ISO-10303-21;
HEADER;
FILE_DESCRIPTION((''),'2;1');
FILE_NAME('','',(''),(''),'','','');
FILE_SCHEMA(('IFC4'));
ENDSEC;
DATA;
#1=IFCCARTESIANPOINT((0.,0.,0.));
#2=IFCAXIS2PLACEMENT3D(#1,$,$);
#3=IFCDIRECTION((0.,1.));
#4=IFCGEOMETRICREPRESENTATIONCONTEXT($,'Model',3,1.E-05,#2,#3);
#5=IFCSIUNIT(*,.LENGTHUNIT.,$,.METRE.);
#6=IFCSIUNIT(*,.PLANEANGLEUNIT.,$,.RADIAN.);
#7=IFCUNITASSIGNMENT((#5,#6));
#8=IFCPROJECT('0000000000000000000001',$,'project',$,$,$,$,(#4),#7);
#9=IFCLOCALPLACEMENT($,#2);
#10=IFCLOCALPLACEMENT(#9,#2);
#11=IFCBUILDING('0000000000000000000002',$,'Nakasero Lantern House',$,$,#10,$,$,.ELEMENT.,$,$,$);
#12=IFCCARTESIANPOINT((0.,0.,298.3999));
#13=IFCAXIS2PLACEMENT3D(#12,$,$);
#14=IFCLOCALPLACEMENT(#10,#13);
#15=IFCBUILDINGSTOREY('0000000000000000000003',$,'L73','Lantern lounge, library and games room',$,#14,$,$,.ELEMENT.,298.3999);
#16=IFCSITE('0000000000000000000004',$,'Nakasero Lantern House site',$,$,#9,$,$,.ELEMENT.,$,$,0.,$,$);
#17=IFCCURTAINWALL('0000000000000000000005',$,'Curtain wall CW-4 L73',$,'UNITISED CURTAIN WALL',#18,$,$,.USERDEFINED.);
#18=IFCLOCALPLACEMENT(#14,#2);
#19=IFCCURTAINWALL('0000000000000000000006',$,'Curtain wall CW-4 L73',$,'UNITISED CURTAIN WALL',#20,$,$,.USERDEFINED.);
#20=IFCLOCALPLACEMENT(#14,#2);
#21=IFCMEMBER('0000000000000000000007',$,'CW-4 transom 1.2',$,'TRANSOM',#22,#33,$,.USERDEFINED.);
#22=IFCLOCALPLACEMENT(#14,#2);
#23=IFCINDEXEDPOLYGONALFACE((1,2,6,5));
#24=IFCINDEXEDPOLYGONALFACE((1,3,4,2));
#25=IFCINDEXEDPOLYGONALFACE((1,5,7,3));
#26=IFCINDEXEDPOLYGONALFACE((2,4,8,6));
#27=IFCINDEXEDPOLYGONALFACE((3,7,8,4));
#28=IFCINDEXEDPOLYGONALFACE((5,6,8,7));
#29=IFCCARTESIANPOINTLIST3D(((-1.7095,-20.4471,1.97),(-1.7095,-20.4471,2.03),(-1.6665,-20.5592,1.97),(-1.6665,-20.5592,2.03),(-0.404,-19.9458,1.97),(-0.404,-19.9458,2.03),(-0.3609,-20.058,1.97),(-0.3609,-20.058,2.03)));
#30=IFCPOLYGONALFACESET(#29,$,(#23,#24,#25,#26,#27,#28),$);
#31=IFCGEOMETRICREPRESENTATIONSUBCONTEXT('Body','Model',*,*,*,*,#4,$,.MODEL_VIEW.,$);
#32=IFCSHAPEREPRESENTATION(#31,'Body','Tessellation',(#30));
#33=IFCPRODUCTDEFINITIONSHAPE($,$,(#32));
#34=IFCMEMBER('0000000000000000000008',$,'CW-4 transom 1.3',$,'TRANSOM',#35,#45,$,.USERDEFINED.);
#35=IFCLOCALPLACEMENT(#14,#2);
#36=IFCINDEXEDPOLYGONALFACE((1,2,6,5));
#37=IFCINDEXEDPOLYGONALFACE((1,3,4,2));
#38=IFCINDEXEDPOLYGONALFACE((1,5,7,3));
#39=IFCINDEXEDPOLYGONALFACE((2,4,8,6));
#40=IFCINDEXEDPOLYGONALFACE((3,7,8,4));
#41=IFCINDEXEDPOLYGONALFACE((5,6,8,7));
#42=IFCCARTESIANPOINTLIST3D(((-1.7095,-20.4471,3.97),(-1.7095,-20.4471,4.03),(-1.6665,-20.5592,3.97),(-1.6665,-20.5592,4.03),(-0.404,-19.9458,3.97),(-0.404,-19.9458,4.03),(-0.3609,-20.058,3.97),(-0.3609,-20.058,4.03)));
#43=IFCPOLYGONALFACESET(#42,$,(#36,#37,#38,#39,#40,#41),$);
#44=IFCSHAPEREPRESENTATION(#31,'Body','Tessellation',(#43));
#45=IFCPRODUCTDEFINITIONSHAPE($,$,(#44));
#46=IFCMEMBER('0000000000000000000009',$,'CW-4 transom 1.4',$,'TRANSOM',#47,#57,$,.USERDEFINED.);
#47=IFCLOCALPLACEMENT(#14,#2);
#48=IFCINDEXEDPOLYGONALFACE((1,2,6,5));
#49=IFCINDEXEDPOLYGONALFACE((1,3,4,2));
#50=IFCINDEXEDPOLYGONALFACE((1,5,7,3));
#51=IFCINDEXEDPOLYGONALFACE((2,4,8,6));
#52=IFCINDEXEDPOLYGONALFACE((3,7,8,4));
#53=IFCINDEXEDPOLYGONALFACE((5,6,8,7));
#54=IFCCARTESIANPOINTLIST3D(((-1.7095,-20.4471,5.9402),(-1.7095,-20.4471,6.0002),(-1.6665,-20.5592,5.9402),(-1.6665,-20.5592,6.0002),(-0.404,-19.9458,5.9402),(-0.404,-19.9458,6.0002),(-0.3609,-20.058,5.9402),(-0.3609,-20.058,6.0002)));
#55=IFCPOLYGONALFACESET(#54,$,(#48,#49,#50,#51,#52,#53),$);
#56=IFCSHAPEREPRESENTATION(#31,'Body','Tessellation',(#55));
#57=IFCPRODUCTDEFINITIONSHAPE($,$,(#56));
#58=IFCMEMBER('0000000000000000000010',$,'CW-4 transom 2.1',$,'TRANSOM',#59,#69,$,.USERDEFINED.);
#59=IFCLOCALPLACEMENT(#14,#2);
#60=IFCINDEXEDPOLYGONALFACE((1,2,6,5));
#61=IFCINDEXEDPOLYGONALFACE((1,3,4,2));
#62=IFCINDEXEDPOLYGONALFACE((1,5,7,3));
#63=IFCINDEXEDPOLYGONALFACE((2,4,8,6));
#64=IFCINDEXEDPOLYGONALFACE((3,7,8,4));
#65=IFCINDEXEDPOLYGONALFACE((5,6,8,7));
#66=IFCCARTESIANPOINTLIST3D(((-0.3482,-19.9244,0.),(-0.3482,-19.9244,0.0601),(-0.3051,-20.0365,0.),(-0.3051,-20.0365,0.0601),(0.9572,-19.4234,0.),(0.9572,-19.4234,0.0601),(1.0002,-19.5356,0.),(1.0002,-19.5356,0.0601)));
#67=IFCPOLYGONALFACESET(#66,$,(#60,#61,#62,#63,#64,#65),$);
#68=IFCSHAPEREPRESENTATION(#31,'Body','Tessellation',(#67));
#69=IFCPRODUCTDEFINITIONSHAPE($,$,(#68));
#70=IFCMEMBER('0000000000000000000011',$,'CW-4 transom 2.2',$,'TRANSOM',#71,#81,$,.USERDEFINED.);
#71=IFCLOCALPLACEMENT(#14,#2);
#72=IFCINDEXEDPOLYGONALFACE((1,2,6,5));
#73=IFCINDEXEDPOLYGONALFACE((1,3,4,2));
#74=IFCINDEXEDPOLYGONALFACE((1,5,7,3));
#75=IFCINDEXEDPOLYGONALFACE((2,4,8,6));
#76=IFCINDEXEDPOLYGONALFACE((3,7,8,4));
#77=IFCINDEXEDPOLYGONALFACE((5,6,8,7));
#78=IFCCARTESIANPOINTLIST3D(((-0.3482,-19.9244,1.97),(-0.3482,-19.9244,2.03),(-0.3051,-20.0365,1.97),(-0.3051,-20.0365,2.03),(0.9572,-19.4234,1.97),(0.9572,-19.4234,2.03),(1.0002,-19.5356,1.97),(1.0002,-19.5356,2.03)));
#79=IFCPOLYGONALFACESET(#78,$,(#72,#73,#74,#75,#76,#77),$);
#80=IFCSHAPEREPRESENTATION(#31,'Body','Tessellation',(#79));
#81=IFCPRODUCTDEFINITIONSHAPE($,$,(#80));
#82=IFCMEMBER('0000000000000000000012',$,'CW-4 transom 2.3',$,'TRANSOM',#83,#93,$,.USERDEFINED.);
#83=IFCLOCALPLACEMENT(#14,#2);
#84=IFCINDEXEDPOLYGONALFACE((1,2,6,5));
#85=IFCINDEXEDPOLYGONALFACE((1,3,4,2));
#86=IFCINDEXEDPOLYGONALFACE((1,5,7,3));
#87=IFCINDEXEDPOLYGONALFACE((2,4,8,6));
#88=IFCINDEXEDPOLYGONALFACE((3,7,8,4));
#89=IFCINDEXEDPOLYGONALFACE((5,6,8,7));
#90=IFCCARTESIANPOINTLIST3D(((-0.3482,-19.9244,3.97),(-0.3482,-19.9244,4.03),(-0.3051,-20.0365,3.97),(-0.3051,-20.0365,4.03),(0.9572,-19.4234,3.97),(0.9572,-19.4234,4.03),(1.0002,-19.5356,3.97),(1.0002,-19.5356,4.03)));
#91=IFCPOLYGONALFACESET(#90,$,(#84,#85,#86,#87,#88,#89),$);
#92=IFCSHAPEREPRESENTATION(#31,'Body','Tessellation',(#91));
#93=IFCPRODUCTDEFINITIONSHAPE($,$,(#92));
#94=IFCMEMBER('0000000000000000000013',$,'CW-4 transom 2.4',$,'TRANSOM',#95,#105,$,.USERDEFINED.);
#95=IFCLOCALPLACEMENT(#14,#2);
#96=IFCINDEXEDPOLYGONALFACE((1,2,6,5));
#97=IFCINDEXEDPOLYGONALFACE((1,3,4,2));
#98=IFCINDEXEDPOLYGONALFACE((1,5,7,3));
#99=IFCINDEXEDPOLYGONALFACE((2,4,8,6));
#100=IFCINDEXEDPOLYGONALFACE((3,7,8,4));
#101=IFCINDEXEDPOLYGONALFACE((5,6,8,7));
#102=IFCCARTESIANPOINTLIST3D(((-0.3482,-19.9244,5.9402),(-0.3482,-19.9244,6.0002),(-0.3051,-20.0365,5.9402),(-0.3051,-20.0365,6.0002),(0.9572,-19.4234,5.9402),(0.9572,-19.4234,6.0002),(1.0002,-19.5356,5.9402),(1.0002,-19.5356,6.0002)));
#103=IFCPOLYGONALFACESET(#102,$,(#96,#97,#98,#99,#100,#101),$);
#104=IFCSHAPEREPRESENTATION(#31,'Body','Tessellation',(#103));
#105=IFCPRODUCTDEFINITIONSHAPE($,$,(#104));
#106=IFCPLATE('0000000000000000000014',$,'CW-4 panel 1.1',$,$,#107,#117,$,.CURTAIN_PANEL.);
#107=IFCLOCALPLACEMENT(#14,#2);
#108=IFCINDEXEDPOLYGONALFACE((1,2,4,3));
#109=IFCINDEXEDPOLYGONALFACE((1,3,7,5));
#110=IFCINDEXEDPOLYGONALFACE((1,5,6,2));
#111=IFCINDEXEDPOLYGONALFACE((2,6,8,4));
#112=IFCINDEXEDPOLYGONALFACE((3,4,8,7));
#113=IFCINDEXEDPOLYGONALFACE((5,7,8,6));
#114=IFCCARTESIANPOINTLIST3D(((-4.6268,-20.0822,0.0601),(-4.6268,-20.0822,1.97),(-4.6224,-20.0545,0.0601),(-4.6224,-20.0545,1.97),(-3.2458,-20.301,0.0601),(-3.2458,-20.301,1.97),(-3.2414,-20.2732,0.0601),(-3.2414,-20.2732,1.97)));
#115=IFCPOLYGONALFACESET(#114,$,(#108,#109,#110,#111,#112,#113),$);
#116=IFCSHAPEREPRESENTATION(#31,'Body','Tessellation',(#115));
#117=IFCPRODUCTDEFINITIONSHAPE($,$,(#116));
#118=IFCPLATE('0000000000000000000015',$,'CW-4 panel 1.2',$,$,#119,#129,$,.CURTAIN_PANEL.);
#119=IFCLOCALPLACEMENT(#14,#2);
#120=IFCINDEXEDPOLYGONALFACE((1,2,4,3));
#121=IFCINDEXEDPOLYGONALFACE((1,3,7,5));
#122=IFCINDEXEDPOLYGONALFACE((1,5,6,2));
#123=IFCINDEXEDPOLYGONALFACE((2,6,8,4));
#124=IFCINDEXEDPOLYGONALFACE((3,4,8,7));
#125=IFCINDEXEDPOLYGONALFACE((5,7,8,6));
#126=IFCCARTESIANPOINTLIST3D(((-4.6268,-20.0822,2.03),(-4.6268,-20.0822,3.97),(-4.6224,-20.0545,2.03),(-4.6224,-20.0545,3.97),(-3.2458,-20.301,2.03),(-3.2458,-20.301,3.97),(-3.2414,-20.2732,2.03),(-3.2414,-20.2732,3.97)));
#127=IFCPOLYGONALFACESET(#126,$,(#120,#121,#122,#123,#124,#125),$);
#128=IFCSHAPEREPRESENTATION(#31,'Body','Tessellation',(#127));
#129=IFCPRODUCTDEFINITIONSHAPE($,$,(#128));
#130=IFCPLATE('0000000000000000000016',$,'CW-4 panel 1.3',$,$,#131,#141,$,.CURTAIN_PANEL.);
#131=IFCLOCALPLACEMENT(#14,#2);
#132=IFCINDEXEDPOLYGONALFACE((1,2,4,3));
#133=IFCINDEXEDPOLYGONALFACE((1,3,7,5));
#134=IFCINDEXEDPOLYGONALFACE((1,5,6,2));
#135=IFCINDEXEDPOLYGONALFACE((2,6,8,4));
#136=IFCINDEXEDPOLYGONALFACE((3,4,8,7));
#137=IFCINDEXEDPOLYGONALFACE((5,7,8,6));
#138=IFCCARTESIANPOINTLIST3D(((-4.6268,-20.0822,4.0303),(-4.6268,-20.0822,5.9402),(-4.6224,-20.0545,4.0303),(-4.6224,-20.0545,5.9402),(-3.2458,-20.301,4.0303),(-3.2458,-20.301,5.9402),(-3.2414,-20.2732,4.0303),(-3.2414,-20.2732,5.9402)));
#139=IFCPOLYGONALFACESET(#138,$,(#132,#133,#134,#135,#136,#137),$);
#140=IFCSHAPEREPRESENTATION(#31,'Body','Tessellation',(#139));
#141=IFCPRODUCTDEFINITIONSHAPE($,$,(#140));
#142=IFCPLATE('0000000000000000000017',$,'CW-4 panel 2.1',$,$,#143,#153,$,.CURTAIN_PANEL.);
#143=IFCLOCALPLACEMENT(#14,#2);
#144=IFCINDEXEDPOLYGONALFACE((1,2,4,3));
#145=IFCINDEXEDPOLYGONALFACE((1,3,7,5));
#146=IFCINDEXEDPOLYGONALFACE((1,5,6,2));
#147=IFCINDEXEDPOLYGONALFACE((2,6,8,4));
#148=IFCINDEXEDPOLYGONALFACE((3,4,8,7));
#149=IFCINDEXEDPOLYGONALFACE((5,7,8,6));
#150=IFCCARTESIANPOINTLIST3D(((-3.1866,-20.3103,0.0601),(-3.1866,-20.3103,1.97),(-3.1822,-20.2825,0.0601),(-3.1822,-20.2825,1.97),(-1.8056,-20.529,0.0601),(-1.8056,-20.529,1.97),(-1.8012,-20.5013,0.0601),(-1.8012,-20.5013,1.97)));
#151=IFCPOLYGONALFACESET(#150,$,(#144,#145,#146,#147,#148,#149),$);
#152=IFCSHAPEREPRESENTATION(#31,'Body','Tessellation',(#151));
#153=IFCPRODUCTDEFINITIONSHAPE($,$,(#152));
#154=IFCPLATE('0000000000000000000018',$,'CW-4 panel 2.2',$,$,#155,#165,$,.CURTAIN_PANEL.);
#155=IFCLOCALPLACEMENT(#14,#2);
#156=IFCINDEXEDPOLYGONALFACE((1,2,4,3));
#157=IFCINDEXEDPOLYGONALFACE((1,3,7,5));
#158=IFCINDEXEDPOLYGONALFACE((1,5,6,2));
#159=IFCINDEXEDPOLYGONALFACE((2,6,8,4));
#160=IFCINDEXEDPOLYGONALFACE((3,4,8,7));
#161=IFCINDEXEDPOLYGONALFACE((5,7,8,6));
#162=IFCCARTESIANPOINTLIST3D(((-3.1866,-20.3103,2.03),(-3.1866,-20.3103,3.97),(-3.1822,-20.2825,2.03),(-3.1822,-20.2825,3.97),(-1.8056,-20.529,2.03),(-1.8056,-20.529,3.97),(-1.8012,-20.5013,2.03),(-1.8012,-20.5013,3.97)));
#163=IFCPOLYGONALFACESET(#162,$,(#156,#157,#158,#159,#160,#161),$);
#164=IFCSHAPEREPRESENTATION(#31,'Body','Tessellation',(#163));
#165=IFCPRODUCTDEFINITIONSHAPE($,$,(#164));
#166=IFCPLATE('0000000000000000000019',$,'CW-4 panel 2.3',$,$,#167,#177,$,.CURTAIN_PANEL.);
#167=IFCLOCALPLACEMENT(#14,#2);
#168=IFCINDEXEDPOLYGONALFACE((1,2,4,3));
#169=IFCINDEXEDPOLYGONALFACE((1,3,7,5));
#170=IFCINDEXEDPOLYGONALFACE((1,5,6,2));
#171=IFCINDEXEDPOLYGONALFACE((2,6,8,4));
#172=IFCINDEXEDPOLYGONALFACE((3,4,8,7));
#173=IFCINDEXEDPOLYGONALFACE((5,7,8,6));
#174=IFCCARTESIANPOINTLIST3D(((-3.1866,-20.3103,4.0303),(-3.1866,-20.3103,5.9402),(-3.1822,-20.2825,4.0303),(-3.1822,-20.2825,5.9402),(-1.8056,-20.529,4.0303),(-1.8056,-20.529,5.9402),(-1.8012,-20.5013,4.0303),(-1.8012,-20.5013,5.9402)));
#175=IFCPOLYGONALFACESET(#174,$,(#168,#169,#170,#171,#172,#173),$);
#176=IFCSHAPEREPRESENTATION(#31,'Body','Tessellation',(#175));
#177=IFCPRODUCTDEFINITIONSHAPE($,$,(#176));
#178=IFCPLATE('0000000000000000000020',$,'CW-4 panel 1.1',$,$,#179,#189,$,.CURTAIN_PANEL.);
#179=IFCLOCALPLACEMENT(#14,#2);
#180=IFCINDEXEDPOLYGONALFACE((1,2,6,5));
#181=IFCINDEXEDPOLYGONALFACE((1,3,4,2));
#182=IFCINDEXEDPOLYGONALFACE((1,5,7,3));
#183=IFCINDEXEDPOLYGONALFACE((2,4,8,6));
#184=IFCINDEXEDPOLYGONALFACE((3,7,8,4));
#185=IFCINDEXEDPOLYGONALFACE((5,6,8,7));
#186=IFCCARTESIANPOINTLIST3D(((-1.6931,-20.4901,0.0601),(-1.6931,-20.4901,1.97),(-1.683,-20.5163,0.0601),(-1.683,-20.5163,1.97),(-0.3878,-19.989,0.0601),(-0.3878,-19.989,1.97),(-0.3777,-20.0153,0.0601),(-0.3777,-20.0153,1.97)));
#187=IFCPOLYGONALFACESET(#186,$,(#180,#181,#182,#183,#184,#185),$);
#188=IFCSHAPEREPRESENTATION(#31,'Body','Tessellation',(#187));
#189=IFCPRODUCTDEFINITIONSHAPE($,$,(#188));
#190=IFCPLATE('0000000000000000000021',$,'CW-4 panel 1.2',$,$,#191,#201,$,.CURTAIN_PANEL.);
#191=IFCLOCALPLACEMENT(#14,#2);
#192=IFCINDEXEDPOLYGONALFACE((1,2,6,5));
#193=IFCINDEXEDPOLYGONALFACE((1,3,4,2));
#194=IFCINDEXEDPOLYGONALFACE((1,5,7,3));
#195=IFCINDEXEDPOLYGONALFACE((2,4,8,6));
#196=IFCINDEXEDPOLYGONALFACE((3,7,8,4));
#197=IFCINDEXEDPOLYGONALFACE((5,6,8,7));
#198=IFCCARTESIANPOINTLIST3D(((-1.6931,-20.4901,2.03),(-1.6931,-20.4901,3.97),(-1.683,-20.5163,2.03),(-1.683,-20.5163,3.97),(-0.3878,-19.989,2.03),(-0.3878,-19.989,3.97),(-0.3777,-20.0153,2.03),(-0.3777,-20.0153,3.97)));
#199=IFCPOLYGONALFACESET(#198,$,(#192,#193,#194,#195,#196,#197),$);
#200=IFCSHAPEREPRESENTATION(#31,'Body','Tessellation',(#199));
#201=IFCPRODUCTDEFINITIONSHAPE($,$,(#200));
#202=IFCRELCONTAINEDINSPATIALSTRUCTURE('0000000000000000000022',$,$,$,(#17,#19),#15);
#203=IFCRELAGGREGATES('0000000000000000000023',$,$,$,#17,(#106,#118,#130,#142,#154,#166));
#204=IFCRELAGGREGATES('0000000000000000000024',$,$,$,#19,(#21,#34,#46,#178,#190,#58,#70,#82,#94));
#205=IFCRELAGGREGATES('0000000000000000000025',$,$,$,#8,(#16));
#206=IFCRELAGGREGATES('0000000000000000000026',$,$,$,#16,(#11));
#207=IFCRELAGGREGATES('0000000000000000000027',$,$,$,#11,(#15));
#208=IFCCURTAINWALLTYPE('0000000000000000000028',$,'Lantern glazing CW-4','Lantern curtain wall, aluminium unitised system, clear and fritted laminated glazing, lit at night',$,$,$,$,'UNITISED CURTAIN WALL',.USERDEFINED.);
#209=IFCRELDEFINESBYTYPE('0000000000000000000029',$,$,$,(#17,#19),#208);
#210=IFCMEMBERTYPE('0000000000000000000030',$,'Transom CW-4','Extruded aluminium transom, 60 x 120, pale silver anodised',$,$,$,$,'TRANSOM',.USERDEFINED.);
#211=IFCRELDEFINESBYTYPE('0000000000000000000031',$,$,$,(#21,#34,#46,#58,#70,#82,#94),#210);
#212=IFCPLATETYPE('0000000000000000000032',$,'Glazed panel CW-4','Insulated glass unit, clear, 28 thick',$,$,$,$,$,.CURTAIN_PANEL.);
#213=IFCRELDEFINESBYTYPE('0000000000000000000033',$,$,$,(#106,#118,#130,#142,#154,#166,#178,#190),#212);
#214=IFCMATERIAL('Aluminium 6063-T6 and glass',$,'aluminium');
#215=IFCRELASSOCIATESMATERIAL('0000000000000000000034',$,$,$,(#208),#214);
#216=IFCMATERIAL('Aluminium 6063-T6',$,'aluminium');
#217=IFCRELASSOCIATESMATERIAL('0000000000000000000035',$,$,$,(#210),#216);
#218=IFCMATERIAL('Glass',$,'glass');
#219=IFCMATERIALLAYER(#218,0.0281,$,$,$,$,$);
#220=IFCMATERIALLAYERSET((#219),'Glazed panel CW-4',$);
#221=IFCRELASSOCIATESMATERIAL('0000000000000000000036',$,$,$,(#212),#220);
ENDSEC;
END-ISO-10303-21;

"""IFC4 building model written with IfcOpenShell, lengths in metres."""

from ifc_helpers import new_model, si_unit, direction, frame, origin, origin_2d, place, context, subcontext, project, spatial, rectangle, extrude, material, layer, layer_set, material_profile, profile_set, type_object, element, aggregate, save


model = new_model("IFC4")

# Units and contexts
model_context = context("Model", 3, precision=1e-05, world=origin(), true_north=direction((0.0, 1.0)))
body_context = subcontext(model_context, "Body", "Model", "MODEL_VIEW")
ifc_project = project(units=[si_unit("LENGTHUNIT", "METRE"), si_unit("PLANEANGLEUNIT", "RADIAN")], contexts=[model_context])

# Site, building, storey
site_placement = place(None, origin())
site = spatial("IfcSite", under=ifc_project, at=site_placement, Name="Nakasero Lantern House site", CompositionType="ELEMENT", RefElevation=0.0)
building_placement = place(site_placement, origin())
building = spatial("IfcBuilding", under=site, at=building_placement, Name="Nakasero Lantern House", CompositionType="ELEMENT")
storey_placement = place(building_placement, frame((0.0, 0.0, 298.3999)))
storey = spatial("IfcBuildingStorey", under=building, at=storey_placement, Name="L73", Description="Lantern lounge, library and games room", CompositionType="ELEMENT", Elevation=298.3999)

# Curtain walls
ifc_material_1 = material(Name="Aluminium 6063-T6 and glass", Category="aluminium")
curtain_wall_type = type_object("IfcCurtainWallType", Name="Lantern glazing CW-4", Description="Lantern curtain wall, aluminium unitised system, clear and fritted laminated glazing, lit at night", ElementType="UNITISED CURTAIN WALL", PredefinedType="USERDEFINED", material=ifc_material_1)
curtain_wall_1_placement = place(storey_placement, origin())
curtain_wall_1 = element("IfcCurtainWall", 1, at=curtain_wall_1_placement, inside=storey, type_object=curtain_wall_type, Name="Curtain wall CW-4 L73", ObjectType="UNITISED CURTAIN WALL", PredefinedType="USERDEFINED")
curtain_wall_2_placement = place(storey_placement, origin())
curtain_wall_2 = element("IfcCurtainWall", 2, at=curtain_wall_2_placement, inside=storey, type_object=curtain_wall_type, Name="Curtain wall CW-4 L73", ObjectType="UNITISED CURTAIN WALL", PredefinedType="USERDEFINED")

# Members
ifc_material_2 = material(Name="Aluminium 6063-T6", Category="aluminium")
ifc_material_profile_1 = material_profile(ifc_material_2, rectangle(XDim=0.0601, YDim=0.1201, at=origin_2d()), Name="CW-4 transom 60x120")
ifc_profile_set_1 = profile_set([ifc_material_profile_1], Name="Aluminium 6063-T6")
member_type_1 = type_object("IfcMemberType", Name="Transom CW-4", Description="Extruded aluminium transom, 60 x 120, pale silver anodised", ElementType="TRANSOM", PredefinedType="USERDEFINED", material=ifc_profile_set_1)
member_1_placement = place(storey_placement, frame((-1.688, -20.5032, 2.0), z_axis=(0.933552, 0.358441, 0.0), x_axis=(0.0, 0.0, 1.0)))
member_1 = element("IfcMember", 3, at=member_1_placement, type_object=member_type_1, Name="CW-4 transom 1.2", ObjectType="TRANSOM", PredefinedType="USERDEFINED", context=body_context, shape_type="SweptSolid", body=[
    extrude(rectangle(XDim=0.0601, YDim=0.1201, at=origin_2d()), origin(), (0.0, 0.0, 1.0), 1.3984),
])
member_2_placement = place(storey_placement, frame((-1.688, -20.5032, 4.0), z_axis=(0.933552, 0.358441, 0.0), x_axis=(0.0, 0.0, 1.0)))
member_2 = element("IfcMember", 4, at=member_2_placement, type_object=member_type_1, Name="CW-4 transom 1.3", ObjectType="TRANSOM", PredefinedType="USERDEFINED", context=body_context, shape_type="SweptSolid", body=[
    extrude(rectangle(XDim=0.0601, YDim=0.1201, at=origin_2d()), origin(), (0.0, 0.0, 1.0), 1.3984),
])
member_3_placement = place(storey_placement, frame((-1.688, -20.5032, 5.9702), z_axis=(0.933552, 0.358441, 0.0), x_axis=(0.0, 0.0, 1.0)))
member_3 = element("IfcMember", 5, at=member_3_placement, type_object=member_type_1, Name="CW-4 transom 1.4", ObjectType="TRANSOM", PredefinedType="USERDEFINED", context=body_context, shape_type="SweptSolid", body=[
    extrude(rectangle(XDim=0.0601, YDim=0.1201, at=origin_2d()), origin(), (0.0, 0.0, 1.0), 1.3984),
])
member_4_placement = place(storey_placement, frame((-0.3267, -19.9805, 0.03), z_axis=(0.933611, 0.358289, 0.0), x_axis=(0.0, 0.0, 1.0)))
member_4 = element("IfcMember", 6, at=member_4_placement, type_object=member_type_1, Name="CW-4 transom 2.1", ObjectType="TRANSOM", PredefinedType="USERDEFINED", context=body_context, shape_type="SweptSolid", body=[
    extrude(rectangle(XDim=0.0601, YDim=0.1201, at=origin_2d()), origin(), (0.0, 0.0, 1.0), 1.3982),
])
member_5_placement = place(storey_placement, frame((-0.3267, -19.9805, 2.0), z_axis=(0.933611, 0.358289, 0.0), x_axis=(0.0, 0.0, 1.0)))
member_5 = element("IfcMember", 7, at=member_5_placement, type_object=member_type_1, Name="CW-4 transom 2.2", ObjectType="TRANSOM", PredefinedType="USERDEFINED", context=body_context, shape_type="SweptSolid", body=[
    extrude(rectangle(XDim=0.0601, YDim=0.1201, at=origin_2d()), origin(), (0.0, 0.0, 1.0), 1.3982),
])
member_6_placement = place(storey_placement, frame((-0.3267, -19.9805, 4.0), z_axis=(0.933611, 0.358289, 0.0), x_axis=(0.0, 0.0, 1.0)))
member_6 = element("IfcMember", 8, at=member_6_placement, type_object=member_type_1, Name="CW-4 transom 2.3", ObjectType="TRANSOM", PredefinedType="USERDEFINED", context=body_context, shape_type="SweptSolid", body=[
    extrude(rectangle(XDim=0.0601, YDim=0.1201, at=origin_2d()), origin(), (0.0, 0.0, 1.0), 1.3982),
])
member_7_placement = place(storey_placement, frame((-0.3267, -19.9805, 5.9702), z_axis=(0.933611, 0.358289, 0.0), x_axis=(0.0, 0.0, 1.0)))
member_7 = element("IfcMember", 9, at=member_7_placement, type_object=member_type_1, Name="CW-4 transom 2.4", ObjectType="TRANSOM", PredefinedType="USERDEFINED", context=body_context, shape_type="SweptSolid", body=[
    extrude(rectangle(XDim=0.0601, YDim=0.1201, at=origin_2d()), origin(), (0.0, 0.0, 1.0), 1.3982),
])

# Plates
ifc_material_3 = material(Name="Glass", Category="glass")
ifc_layer = layer(ifc_material_3, 0.0281)
ifc_layer_set = layer_set([ifc_layer], Name="Glazed panel CW-4")
plate_type = type_object("IfcPlateType", Name="Glazed panel CW-4", Description="Insulated glass unit, clear, 28 thick", PredefinedType="CURTAIN_PANEL", material=ifc_layer_set)
plate_1_placement = place(storey_placement, frame((-3.9341, -20.1777, 0.0601), z_axis=(0.0, 0.0, 1.0), x_axis=(0.987688, -0.156434, 0.0)))
plate_1 = element("IfcPlate", 10, at=plate_1_placement, type_object=plate_type, Name="CW-4 panel 1.1", PredefinedType="CURTAIN_PANEL", context=body_context, shape_type="SweptSolid", body=[
    extrude(rectangle(XDim=1.3982, YDim=0.0281, at=origin_2d()), origin(), (0.0, 0.0, 1.0), 1.9099),
])
plate_2_placement = place(storey_placement, frame((-3.9341, -20.1777, 2.03), z_axis=(0.0, 0.0, 1.0), x_axis=(0.987688, -0.156434, 0.0)))
plate_2 = element("IfcPlate", 11, at=plate_2_placement, type_object=plate_type, Name="CW-4 panel 1.2", PredefinedType="CURTAIN_PANEL", context=body_context, shape_type="SweptSolid", body=[
    extrude(rectangle(XDim=1.3982, YDim=0.0281, at=origin_2d()), origin(), (0.0, 0.0, 1.0), 1.9399),
])
plate_3_placement = place(storey_placement, frame((-3.9341, -20.1777, 4.0303), z_axis=(0.0, 0.0, 1.0), x_axis=(0.987688, -0.156434, 0.0)))
plate_3 = element("IfcPlate", 12, at=plate_3_placement, type_object=plate_type, Name="CW-4 panel 1.3", PredefinedType="CURTAIN_PANEL", context=body_context, shape_type="SweptSolid", body=[
    extrude(rectangle(XDim=1.3982, YDim=0.0281, at=origin_2d()), origin(), (0.0, 0.0, 1.0), 1.9099),
])
plate_4_placement = place(storey_placement, frame((-2.4939, -20.4058, 0.0601), z_axis=(0.0, 0.0, 1.0), x_axis=(0.987688, -0.156434, 0.0)))
plate_4 = element("IfcPlate", 13, at=plate_4_placement, type_object=plate_type, Name="CW-4 panel 2.1", PredefinedType="CURTAIN_PANEL", context=body_context, shape_type="SweptSolid", body=[
    extrude(rectangle(XDim=1.3982, YDim=0.0281, at=origin_2d()), origin(), (0.0, 0.0, 1.0), 1.9099),
])
plate_5_placement = place(storey_placement, frame((-2.4939, -20.4058, 2.03), z_axis=(0.0, 0.0, 1.0), x_axis=(0.987688, -0.156434, 0.0)))
plate_5 = element("IfcPlate", 14, at=plate_5_placement, type_object=plate_type, Name="CW-4 panel 2.2", PredefinedType="CURTAIN_PANEL", context=body_context, shape_type="SweptSolid", body=[
    extrude(rectangle(XDim=1.3982, YDim=0.0281, at=origin_2d()), origin(), (0.0, 0.0, 1.0), 1.9399),
])
plate_6_placement = place(storey_placement, frame((-2.4939, -20.4058, 4.0303), z_axis=(0.0, 0.0, 1.0), x_axis=(0.987688, -0.156434, 0.0)))
plate_6 = element("IfcPlate", 15, at=plate_6_placement, type_object=plate_type, Name="CW-4 panel 2.3", PredefinedType="CURTAIN_PANEL", context=body_context, shape_type="SweptSolid", body=[
    extrude(rectangle(XDim=1.3982, YDim=0.0281, at=origin_2d()), origin(), (0.0, 0.0, 1.0), 1.9099),
])
aggregate(curtain_wall_1, [plate_1, plate_2, plate_3, plate_4, plate_5, plate_6])
plate_7_placement = place(storey_placement, frame((-1.0354, -20.2527, 0.0601), z_axis=(0.0, 0.0, 1.0), x_axis=(0.93358, 0.358368, 0.0)))
plate_7 = element("IfcPlate", 16, at=plate_7_placement, type_object=plate_type, Name="CW-4 panel 1.1", PredefinedType="CURTAIN_PANEL", context=body_context, shape_type="SweptSolid", body=[
    extrude(rectangle(XDim=1.3982, YDim=0.0281, at=origin_2d()), origin(), (0.0, 0.0, 1.0), 1.9099),
])
plate_8_placement = place(storey_placement, frame((-1.0354, -20.2527, 2.03), z_axis=(0.0, 0.0, 1.0), x_axis=(0.93358, 0.358368, 0.0)))
plate_8 = element("IfcPlate", 17, at=plate_8_placement, type_object=plate_type, Name="CW-4 panel 1.2", PredefinedType="CURTAIN_PANEL", context=body_context, shape_type="SweptSolid", body=[
    extrude(rectangle(XDim=1.3982, YDim=0.0281, at=origin_2d()), origin(), (0.0, 0.0, 1.0), 1.9399),
])
aggregate(curtain_wall_2, [member_1, member_2, member_3, plate_7, plate_8, member_4, member_5, member_6, member_7])

save(model, "model.ifc")
